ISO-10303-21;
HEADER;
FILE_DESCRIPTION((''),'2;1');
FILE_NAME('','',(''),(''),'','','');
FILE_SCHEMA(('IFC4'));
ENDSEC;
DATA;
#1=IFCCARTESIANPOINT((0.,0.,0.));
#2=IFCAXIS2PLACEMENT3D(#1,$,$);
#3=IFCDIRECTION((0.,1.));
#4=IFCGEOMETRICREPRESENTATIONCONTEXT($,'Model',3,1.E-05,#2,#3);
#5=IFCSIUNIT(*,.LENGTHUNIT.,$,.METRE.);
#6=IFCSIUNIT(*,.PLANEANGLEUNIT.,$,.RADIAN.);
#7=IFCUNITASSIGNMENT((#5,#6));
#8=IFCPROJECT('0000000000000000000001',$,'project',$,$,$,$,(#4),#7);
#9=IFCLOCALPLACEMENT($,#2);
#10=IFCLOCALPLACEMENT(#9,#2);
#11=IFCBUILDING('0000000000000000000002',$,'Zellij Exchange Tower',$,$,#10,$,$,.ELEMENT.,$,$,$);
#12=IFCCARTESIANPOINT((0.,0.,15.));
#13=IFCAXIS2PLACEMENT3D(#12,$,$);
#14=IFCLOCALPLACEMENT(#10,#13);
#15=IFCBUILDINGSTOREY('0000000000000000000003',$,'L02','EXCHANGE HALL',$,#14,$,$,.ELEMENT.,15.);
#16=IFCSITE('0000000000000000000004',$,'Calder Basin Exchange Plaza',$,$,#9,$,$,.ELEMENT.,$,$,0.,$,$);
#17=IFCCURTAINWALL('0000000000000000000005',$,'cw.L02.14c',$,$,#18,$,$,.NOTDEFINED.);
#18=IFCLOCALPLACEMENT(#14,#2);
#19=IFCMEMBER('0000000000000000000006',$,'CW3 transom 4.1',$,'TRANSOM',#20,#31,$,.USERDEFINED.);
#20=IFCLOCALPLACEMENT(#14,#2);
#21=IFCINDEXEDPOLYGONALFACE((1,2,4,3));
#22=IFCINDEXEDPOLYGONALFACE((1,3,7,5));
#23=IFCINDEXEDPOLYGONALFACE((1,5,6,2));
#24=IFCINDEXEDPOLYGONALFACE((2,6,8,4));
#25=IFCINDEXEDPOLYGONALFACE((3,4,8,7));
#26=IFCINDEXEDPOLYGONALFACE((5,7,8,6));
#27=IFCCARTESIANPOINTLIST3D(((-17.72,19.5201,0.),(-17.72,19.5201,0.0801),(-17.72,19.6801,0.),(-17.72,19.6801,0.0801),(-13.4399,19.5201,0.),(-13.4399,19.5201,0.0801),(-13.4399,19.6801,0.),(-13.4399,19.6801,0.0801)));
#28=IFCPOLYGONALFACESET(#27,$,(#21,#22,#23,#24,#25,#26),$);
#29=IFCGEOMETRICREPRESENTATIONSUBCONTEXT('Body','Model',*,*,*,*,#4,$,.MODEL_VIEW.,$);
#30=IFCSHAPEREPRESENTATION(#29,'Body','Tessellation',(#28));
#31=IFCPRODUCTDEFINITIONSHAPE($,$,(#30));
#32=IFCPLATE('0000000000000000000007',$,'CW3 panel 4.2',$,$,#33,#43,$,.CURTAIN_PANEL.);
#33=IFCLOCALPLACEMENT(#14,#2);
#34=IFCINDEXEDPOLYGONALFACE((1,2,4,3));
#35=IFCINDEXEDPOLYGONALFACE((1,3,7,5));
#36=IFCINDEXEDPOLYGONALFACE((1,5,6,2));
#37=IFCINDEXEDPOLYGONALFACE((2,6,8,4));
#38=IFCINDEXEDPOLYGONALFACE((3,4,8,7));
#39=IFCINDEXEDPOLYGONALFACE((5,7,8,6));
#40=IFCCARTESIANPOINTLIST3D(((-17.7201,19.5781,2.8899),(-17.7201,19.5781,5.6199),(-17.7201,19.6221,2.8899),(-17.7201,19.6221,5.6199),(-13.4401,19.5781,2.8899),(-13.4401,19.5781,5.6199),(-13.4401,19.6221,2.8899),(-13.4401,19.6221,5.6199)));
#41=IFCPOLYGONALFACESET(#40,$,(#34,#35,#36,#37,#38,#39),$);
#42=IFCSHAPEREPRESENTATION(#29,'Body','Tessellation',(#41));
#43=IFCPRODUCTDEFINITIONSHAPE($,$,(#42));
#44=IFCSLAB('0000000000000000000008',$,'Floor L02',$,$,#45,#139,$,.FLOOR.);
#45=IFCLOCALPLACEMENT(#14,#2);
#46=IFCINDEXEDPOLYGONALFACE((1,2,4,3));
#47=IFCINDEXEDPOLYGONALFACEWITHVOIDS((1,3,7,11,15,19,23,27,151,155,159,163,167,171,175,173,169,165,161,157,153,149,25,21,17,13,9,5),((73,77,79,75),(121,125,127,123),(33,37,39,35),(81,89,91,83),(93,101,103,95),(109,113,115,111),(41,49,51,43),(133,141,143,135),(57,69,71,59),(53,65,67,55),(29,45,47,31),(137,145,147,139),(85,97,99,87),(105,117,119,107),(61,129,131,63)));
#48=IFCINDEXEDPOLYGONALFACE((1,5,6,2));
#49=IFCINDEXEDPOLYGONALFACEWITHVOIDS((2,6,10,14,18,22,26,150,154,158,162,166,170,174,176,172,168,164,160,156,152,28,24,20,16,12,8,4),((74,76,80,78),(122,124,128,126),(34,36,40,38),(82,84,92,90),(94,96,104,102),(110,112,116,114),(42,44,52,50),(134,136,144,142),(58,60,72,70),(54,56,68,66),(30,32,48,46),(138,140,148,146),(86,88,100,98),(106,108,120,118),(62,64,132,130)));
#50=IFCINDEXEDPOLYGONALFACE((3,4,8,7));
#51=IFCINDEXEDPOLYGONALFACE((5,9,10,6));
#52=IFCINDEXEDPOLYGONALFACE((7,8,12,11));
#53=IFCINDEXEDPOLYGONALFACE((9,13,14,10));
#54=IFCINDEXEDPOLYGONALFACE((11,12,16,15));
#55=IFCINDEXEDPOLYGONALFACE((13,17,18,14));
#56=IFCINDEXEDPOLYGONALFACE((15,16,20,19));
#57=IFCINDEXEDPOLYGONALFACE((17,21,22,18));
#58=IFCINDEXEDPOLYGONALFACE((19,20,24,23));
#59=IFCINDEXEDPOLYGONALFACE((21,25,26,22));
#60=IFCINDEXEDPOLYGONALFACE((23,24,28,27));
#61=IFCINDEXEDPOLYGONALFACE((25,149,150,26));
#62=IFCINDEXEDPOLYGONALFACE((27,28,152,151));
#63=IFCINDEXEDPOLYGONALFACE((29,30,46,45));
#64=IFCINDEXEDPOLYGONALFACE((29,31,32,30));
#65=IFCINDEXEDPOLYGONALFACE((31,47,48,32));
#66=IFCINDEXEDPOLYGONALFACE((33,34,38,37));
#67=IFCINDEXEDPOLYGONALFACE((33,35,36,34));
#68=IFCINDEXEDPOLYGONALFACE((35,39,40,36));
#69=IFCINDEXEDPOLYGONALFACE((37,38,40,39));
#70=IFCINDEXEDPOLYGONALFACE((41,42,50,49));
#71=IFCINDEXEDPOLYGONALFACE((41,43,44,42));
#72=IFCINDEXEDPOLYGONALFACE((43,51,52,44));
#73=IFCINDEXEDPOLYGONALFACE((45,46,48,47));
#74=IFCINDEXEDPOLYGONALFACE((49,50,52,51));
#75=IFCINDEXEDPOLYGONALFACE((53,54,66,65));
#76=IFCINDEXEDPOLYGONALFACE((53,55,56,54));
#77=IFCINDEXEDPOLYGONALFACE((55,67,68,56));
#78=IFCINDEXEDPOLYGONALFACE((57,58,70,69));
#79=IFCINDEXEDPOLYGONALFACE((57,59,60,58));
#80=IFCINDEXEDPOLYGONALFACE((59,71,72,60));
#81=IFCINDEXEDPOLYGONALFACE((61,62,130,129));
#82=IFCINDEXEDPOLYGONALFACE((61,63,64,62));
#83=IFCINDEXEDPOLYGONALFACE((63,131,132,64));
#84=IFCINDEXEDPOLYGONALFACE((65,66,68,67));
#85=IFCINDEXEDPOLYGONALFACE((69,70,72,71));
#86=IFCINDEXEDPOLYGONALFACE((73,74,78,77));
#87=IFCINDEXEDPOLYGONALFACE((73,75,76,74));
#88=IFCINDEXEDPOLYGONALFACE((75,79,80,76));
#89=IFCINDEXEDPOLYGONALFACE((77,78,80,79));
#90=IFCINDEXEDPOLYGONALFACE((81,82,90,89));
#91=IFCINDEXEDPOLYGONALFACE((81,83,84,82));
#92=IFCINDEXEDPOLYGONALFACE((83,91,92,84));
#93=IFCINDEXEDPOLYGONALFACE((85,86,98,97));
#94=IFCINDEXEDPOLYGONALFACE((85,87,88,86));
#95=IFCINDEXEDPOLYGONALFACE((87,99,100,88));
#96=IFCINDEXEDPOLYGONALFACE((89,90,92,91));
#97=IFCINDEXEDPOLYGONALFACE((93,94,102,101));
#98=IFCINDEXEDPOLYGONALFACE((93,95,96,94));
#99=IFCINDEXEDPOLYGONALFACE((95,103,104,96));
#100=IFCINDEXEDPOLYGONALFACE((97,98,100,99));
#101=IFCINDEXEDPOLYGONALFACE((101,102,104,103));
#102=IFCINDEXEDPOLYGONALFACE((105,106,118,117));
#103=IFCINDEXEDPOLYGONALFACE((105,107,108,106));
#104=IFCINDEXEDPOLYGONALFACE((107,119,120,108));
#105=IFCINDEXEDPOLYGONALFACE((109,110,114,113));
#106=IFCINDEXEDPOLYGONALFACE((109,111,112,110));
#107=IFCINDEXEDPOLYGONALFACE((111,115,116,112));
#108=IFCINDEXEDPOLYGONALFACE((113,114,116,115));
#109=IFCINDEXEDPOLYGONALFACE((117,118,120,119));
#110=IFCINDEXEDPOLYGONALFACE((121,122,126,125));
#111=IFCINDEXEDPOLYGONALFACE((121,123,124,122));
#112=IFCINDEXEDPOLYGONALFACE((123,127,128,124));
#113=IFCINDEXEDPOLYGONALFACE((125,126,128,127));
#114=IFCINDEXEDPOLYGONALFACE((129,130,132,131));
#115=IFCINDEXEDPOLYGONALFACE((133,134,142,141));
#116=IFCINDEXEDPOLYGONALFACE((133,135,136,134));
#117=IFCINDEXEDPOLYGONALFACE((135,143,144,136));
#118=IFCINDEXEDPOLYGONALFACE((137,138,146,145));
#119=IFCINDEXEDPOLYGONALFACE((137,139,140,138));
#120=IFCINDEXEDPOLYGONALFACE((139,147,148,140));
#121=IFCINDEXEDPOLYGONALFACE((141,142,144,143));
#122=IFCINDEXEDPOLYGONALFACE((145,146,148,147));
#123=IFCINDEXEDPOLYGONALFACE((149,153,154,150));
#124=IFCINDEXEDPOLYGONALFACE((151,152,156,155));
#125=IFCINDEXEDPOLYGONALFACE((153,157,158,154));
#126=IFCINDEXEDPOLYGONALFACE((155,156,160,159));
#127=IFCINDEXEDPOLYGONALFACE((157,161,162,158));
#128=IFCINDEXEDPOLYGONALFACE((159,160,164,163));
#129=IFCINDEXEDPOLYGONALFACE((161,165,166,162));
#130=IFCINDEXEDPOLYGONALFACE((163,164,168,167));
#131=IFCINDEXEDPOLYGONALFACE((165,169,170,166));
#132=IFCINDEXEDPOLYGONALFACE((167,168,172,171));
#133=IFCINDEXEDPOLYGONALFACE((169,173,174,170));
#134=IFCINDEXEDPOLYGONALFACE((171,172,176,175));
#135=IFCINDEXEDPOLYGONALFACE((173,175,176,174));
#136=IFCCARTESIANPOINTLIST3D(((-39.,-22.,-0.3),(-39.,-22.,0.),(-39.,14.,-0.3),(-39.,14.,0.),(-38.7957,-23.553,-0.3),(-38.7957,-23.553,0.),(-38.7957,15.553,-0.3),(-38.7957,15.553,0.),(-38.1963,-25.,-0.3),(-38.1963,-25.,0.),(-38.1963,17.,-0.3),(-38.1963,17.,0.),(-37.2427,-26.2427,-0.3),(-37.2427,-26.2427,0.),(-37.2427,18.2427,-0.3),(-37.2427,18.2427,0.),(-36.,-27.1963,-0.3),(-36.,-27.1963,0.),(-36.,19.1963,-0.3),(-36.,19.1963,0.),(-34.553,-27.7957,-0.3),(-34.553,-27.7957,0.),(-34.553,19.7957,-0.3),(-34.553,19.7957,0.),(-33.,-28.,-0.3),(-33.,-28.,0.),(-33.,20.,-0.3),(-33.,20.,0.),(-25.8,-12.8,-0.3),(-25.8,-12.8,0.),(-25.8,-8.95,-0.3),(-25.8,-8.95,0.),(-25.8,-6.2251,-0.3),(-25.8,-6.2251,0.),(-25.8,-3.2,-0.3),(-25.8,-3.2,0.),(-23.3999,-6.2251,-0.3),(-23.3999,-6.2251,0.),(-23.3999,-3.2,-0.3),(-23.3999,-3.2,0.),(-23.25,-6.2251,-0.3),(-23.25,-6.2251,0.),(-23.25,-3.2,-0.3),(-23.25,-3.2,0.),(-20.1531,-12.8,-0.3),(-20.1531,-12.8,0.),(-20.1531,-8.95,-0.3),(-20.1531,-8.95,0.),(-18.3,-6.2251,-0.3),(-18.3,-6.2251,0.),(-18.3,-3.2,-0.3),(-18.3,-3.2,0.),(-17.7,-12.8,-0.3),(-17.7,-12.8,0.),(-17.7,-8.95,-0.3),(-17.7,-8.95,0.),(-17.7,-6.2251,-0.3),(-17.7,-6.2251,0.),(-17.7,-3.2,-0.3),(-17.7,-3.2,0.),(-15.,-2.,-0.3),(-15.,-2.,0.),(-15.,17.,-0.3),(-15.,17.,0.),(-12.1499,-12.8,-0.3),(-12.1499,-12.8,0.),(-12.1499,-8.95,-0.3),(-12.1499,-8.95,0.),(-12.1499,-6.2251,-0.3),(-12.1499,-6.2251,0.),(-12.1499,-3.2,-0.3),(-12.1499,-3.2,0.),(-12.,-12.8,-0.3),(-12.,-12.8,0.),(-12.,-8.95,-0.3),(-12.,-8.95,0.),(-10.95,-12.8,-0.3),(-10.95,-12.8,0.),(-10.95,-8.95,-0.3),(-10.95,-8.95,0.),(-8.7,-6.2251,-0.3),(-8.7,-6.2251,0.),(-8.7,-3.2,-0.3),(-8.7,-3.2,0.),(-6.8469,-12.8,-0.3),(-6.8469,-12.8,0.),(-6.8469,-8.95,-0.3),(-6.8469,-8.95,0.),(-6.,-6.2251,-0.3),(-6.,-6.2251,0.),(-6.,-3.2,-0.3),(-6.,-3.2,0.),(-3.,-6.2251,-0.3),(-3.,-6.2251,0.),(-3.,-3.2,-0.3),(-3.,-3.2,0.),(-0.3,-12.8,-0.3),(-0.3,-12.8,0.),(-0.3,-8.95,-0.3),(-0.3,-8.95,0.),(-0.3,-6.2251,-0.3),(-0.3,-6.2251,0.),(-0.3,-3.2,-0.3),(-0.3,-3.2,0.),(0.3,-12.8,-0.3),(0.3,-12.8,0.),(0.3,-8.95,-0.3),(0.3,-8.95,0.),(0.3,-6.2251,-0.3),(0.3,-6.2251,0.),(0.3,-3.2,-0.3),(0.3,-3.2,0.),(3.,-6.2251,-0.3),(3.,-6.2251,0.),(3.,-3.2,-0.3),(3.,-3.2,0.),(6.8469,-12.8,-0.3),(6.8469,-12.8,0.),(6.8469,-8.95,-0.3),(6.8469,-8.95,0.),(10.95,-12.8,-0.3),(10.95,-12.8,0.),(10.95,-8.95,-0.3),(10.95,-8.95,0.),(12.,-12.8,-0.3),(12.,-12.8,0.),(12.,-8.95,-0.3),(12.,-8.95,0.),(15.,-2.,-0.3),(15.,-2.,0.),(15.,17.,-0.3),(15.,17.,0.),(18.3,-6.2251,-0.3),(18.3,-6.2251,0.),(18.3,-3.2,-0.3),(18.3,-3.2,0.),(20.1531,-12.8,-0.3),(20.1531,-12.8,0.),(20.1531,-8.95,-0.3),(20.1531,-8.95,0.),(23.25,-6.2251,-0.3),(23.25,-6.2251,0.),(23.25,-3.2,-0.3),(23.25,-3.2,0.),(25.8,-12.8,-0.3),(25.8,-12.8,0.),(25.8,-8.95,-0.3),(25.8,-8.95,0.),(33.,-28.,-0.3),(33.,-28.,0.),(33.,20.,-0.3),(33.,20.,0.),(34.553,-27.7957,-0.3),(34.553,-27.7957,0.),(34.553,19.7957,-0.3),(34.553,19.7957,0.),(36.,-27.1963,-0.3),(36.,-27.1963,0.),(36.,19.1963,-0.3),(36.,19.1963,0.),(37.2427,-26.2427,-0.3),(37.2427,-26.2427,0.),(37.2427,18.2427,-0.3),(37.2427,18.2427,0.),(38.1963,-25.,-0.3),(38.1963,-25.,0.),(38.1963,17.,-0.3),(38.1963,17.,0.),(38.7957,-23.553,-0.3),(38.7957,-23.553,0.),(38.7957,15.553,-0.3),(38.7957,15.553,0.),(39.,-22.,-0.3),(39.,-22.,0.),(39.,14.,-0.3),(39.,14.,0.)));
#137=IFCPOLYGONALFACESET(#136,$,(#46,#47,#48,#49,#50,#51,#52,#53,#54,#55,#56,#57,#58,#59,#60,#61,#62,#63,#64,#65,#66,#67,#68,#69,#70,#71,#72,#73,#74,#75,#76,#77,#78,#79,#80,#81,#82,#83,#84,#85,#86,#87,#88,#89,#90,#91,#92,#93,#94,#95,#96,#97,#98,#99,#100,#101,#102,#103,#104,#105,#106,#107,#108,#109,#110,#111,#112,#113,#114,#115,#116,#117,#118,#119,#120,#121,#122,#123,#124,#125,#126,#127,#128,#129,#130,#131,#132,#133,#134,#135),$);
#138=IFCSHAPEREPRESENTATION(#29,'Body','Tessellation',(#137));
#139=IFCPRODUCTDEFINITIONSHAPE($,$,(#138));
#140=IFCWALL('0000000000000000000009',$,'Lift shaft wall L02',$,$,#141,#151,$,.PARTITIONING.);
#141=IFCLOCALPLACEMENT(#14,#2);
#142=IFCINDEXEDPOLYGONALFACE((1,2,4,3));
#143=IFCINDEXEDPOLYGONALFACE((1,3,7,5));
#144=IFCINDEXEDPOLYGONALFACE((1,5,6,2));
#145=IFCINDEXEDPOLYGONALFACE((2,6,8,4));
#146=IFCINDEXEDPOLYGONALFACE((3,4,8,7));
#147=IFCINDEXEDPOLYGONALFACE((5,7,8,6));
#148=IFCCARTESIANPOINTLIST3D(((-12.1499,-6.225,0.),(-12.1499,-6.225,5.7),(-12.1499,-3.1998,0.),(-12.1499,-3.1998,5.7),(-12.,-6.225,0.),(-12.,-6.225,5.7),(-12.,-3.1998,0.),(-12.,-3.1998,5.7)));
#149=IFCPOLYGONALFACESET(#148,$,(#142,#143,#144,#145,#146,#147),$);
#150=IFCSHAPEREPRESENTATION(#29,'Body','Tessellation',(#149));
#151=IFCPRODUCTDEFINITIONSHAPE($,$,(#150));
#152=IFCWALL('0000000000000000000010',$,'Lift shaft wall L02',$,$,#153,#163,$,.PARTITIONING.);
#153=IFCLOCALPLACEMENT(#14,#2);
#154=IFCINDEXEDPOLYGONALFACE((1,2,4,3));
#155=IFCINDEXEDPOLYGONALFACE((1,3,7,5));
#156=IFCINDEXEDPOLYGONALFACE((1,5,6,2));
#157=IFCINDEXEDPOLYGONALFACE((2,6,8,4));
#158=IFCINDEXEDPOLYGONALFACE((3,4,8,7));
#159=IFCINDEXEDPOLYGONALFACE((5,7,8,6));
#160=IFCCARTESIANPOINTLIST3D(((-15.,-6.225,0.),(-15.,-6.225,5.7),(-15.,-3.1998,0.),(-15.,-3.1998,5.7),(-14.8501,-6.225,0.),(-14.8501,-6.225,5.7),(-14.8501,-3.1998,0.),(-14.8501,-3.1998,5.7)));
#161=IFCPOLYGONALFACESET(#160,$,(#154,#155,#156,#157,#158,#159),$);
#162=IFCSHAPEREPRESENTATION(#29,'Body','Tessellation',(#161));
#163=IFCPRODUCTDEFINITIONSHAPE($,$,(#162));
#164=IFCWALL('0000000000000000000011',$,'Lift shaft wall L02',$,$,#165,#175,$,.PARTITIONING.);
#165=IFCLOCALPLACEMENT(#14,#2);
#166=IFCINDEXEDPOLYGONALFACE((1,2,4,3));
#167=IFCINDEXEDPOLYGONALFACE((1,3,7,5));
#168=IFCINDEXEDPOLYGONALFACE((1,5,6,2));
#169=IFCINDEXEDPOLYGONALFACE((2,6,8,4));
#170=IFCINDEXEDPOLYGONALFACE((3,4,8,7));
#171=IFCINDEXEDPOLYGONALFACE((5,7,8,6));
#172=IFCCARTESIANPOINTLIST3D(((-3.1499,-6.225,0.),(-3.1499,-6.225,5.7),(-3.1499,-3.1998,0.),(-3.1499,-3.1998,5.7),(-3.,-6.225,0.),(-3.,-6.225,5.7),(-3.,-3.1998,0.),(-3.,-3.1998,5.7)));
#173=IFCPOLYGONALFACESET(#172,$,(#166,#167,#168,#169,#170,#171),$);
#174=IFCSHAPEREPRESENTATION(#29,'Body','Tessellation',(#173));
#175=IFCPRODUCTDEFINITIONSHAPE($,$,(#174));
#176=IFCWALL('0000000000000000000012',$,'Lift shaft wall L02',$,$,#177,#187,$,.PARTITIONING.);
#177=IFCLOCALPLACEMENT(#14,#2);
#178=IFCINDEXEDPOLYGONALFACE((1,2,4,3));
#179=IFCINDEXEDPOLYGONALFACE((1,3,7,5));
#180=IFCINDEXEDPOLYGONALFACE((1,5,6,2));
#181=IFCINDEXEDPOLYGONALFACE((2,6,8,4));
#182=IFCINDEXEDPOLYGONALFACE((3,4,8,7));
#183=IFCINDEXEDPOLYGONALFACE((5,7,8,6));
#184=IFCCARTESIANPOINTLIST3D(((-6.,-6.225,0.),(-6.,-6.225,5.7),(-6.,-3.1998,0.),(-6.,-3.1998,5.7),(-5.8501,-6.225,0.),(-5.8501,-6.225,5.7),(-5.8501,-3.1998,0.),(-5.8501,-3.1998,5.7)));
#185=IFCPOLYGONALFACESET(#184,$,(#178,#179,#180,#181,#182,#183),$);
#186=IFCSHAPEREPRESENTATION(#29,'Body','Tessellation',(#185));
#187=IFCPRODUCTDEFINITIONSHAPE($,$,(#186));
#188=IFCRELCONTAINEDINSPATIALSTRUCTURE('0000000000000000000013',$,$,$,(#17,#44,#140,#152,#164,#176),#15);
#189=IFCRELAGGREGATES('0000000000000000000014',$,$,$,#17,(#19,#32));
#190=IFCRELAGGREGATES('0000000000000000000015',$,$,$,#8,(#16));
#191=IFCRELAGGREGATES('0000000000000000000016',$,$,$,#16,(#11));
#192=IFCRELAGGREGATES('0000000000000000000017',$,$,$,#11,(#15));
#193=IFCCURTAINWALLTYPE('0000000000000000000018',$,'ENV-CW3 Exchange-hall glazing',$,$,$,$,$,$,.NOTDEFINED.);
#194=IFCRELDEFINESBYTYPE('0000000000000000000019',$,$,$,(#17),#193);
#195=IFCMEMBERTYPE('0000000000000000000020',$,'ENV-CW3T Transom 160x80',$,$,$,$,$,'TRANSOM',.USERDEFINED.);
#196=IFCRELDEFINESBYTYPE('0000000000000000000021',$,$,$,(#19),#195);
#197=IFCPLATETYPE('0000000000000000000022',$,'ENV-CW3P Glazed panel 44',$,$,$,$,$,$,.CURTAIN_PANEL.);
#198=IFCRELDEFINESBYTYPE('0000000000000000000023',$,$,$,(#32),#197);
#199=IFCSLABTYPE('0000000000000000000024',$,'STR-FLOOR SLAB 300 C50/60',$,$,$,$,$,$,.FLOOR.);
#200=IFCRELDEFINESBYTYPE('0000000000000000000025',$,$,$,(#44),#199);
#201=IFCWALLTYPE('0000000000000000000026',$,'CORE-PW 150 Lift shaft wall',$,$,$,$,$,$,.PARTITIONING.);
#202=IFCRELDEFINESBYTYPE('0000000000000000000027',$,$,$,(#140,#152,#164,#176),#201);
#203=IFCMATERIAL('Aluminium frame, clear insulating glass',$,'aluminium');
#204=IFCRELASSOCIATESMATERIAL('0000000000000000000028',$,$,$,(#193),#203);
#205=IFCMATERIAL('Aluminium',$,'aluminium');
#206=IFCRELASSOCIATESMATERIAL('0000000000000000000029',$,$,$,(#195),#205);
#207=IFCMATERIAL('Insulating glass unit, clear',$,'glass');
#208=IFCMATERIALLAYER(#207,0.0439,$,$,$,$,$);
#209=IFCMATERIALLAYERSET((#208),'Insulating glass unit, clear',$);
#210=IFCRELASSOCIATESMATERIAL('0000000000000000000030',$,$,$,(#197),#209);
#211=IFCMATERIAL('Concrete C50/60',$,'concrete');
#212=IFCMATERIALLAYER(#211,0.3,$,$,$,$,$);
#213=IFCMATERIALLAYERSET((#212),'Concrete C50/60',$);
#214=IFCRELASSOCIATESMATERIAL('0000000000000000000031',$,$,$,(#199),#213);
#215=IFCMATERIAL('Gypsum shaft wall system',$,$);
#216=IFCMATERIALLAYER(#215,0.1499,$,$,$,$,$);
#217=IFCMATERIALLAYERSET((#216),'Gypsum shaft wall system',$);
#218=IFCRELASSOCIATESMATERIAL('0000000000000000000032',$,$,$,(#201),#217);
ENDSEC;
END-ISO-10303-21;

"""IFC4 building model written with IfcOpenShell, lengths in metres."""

from ifc_helpers import new_model, si_unit, direction, frame, frame_2d, origin, origin_2d, place, context, subcontext, project, spatial, polyline, rectangle, outline, extrude, material, layer, layer_set, material_profile, profile_set, type_object, element, aggregate, save


model = new_model("IFC4")

# Units and contexts
model_context = context("Model", 3, precision=1e-05, world=origin(), true_north=direction((0.0, 1.0)))
body_context = subcontext(model_context, "Body", "Model", "MODEL_VIEW")
ifc_project = project(units=[si_unit("LENGTHUNIT", "METRE"), si_unit("PLANEANGLEUNIT", "RADIAN")], contexts=[model_context])

# Site, building, storey
site_placement = place(None, origin())
site = spatial("IfcSite", under=ifc_project, at=site_placement, Name="Calder Basin Exchange Plaza", CompositionType="ELEMENT", RefElevation=0.0)
building_placement = place(site_placement, origin())
building = spatial("IfcBuilding", under=site, at=building_placement, Name="Zellij Exchange Tower", CompositionType="ELEMENT")
storey_placement = place(building_placement, frame((0.0, 0.0, 15.0)))
storey = spatial("IfcBuildingStorey", under=building, at=storey_placement, Name="L02", Description="EXCHANGE HALL", CompositionType="ELEMENT", Elevation=15.0)

# Curtain wall, member, plate
ifc_material_1 = material(Name="Aluminium frame, clear insulating glass", Category="aluminium")
curtain_wall_type = type_object("IfcCurtainWallType", Name="ENV-CW3 Exchange-hall glazing", PredefinedType="NOTDEFINED", material=ifc_material_1)
curtain_wall_placement = place(storey_placement, origin())
curtain_wall = element("IfcCurtainWall", 1, at=curtain_wall_placement, inside=storey, type_object=curtain_wall_type, Name="cw.L02.14c", PredefinedType="NOTDEFINED")
ifc_material_2 = material(Name="Aluminium", Category="aluminium")
ifc_material_profile = material_profile(ifc_material_2, rectangle(XDim=0.1599, YDim=0.0801, at=origin_2d()), Name="AL 160x80")
ifc_profile_set = profile_set([ifc_material_profile], Name="Aluminium")
member_type = type_object("IfcMemberType", Name="ENV-CW3T Transom 160x80", ElementType="TRANSOM", PredefinedType="USERDEFINED", material=ifc_profile_set)
member_placement = place(storey_placement, frame((-13.4399, 19.6001, 0.04), z_axis=(-1.0, 0.0, 0.0), x_axis=(0.0, -1.0, 0.0)))
member = element("IfcMember", 2, at=member_placement, type_object=member_type, Name="CW3 transom 4.1", ObjectType="TRANSOM", PredefinedType="USERDEFINED", context=body_context, shape_type="SweptSolid", body=[
    extrude(rectangle(XDim=0.1599, YDim=0.0801, at=origin_2d()), origin(), (0.0, 0.0, 1.0), 4.28),
])
ifc_material_3 = material(Name="Insulating glass unit, clear", Category="glass")
ifc_layer_1 = layer(ifc_material_3, 0.0439)
ifc_layer_set_1 = layer_set([ifc_layer_1], Name="Insulating glass unit, clear")
plate_type = type_object("IfcPlateType", Name="ENV-CW3P Glazed panel 44", PredefinedType="CURTAIN_PANEL", material=ifc_layer_set_1)
plate_placement = place(storey_placement, frame((-15.5801, 19.6001, 2.8899), z_axis=(0.0, 0.0, 1.0), x_axis=(-1.0, 0.0, 0.0)))
plate = element("IfcPlate", 3, at=plate_placement, type_object=plate_type, Name="CW3 panel 4.2", PredefinedType="CURTAIN_PANEL", context=body_context, shape_type="SweptSolid", body=[
    extrude(rectangle(XDim=4.28, YDim=0.0439, at=origin_2d()), origin(), (0.0, 0.0, 1.0), 2.73),
])
aggregate(curtain_wall, [member, plate])

# Slab
ifc_material_4 = material(Name="Concrete C50/60", Category="concrete")
ifc_layer_2 = layer(ifc_material_4, 0.3)
ifc_layer_set_2 = layer_set([ifc_layer_2], Name="Concrete C50/60")
slab_type = type_object("IfcSlabType", Name="STR-FLOOR SLAB 300 C50/60", PredefinedType="FLOOR", material=ifc_layer_set_2)
slab_placement = place(storey_placement, frame((0.0, 0.0, -0.3)))
element("IfcSlab", 4, at=slab_placement, inside=storey, type_object=slab_type, Name="Floor L02", PredefinedType="FLOOR", context=body_context, shape_type="SweptSolid", body=[
    extrude(outline(polyline([(-33.0, -28.0), (-34.553, -27.7957), (-36.0, -27.1963), (-37.2427, -26.2427), (-38.1963, -25.0), (-38.7957, -23.553), (-39.0, -22.0), (-39.0, 14.0), (-38.7957, 15.553), (-38.1963, 17.0), (-37.2427, 18.2427), (-36.0, 19.1963), (-34.553, 19.7957), (-33.0, 20.0), (33.0, 20.0), (34.553, 19.7957), (36.0, 19.1963), (37.2427, 18.2427), (38.1963, 17.0), (38.7957, 15.553), (39.0, 14.0), (39.0, -22.0), (38.7957, -23.553), (38.1963, -25.0), (37.2427, -26.2427), (36.0, -27.1963), (34.553, -27.7957), (33.0, -28.0), (-33.0, -28.0)]), holes=[polyline([(-25.8, -8.95), (-25.8, -12.8), (-20.1531, -12.8), (-20.1531, -8.95), (-25.8, -8.95)]), polyline([(-12.1499, -8.95), (-17.7, -8.95), (-17.7, -12.8), (-12.1499, -12.8), (-12.1499, -8.95)]), polyline([(-10.95, -8.95), (-12.0, -8.95), (-12.0, -12.8), (-10.95, -12.8), (-10.95, -8.95)]), polyline([(-0.3, -8.95), (-6.8469, -8.95), (-6.8469, -12.8), (-0.3, -12.8), (-0.3, -8.95)]), polyline([(-23.3999, -3.2), (-25.8, -3.2), (-25.8, -6.2251), (-23.3999, -6.2251), (-23.3999, -3.2)]), polyline([(-18.3, -3.2), (-23.25, -3.2), (-23.25, -6.2251), (-18.3, -6.2251), (-18.3, -3.2)]), polyline([(-12.1499, -3.2), (-17.7, -3.2), (-17.7, -6.2251), (-12.1499, -6.2251), (-12.1499, -3.2)]), polyline([(-6.0, -3.2), (-8.7, -3.2), (-8.7, -6.2251), (-6.0, -6.2251), (-6.0, -3.2)]), polyline([(6.8469, -8.95), (0.3, -8.95), (0.3, -12.8), (6.8469, -12.8), (6.8469, -8.95)]), polyline([(12.0, -8.95), (10.95, -8.95), (10.95, -12.8), (12.0, -12.8), (12.0, -8.95)]), polyline([(25.8, -8.95), (20.1531, -8.95), (20.1531, -12.8), (25.8, -12.8), (25.8, -8.95)]), polyline([(-0.3, -3.2), (-3.0, -3.2), (-3.0, -6.2251), (-0.3, -6.2251), (-0.3, -3.2)]), polyline([(3.0, -3.2), (0.3, -3.2), (0.3, -6.2251), (3.0, -6.2251), (3.0, -3.2)]), polyline([(23.25, -3.2), (18.3, -3.2), (18.3, -6.2251), (23.25, -6.2251), (23.25, -3.2)]), polyline([(15.0, 17.0), (-15.0, 17.0), (-15.0, -2.0), (15.0, -2.0), (15.0, 17.0)])]), origin(), (0.0, 0.0, 1.0), 0.3),
])

# Walls
ifc_material_5 = material(Name="Gypsum shaft wall system")
ifc_layer_3 = layer(ifc_material_5, 0.1499)
ifc_layer_set_3 = layer_set([ifc_layer_3], Name="Gypsum shaft wall system")
wall_type = type_object("IfcWallType", Name="CORE-PW 150 Lift shaft wall", PredefinedType="PARTITIONING", material=ifc_layer_set_3)
for number, where, z_axis, x_axis, name in (
    (5, (-12.075, -6.2251, 0.0), (0.0, 0.0, 1.0), (0.0, 1.0, 0.0), "Lift shaft wall L02"),
    (6, (-14.925, -6.2251, 0.0), (0.0, 0.0, 1.0), (0.0, 1.0, 0.0), "Lift shaft wall L02"),
    (7, (-3.075, -6.2251, 0.0), (0.0, 0.0, 1.0), (0.0, 1.0, 0.0), "Lift shaft wall L02"),
    (8, (-5.925, -6.2251, 0.0), (0.0, 0.0, 1.0), (0.0, 1.0, 0.0), "Lift shaft wall L02"),
):
    element("IfcWall", number, at=place(storey_placement, frame(where, z_axis=z_axis, x_axis=x_axis)), inside=storey, type_object=wall_type, Name=name, PredefinedType="PARTITIONING", context=body_context, shape_type="SweptSolid", body=[
        extrude(rectangle(XDim=3.0251, YDim=0.1499, at=frame_2d((1.5127, 0.0))), origin(), (0.0, 0.0, 1.0), 5.7),
    ])

save(model, "model.ifc")
